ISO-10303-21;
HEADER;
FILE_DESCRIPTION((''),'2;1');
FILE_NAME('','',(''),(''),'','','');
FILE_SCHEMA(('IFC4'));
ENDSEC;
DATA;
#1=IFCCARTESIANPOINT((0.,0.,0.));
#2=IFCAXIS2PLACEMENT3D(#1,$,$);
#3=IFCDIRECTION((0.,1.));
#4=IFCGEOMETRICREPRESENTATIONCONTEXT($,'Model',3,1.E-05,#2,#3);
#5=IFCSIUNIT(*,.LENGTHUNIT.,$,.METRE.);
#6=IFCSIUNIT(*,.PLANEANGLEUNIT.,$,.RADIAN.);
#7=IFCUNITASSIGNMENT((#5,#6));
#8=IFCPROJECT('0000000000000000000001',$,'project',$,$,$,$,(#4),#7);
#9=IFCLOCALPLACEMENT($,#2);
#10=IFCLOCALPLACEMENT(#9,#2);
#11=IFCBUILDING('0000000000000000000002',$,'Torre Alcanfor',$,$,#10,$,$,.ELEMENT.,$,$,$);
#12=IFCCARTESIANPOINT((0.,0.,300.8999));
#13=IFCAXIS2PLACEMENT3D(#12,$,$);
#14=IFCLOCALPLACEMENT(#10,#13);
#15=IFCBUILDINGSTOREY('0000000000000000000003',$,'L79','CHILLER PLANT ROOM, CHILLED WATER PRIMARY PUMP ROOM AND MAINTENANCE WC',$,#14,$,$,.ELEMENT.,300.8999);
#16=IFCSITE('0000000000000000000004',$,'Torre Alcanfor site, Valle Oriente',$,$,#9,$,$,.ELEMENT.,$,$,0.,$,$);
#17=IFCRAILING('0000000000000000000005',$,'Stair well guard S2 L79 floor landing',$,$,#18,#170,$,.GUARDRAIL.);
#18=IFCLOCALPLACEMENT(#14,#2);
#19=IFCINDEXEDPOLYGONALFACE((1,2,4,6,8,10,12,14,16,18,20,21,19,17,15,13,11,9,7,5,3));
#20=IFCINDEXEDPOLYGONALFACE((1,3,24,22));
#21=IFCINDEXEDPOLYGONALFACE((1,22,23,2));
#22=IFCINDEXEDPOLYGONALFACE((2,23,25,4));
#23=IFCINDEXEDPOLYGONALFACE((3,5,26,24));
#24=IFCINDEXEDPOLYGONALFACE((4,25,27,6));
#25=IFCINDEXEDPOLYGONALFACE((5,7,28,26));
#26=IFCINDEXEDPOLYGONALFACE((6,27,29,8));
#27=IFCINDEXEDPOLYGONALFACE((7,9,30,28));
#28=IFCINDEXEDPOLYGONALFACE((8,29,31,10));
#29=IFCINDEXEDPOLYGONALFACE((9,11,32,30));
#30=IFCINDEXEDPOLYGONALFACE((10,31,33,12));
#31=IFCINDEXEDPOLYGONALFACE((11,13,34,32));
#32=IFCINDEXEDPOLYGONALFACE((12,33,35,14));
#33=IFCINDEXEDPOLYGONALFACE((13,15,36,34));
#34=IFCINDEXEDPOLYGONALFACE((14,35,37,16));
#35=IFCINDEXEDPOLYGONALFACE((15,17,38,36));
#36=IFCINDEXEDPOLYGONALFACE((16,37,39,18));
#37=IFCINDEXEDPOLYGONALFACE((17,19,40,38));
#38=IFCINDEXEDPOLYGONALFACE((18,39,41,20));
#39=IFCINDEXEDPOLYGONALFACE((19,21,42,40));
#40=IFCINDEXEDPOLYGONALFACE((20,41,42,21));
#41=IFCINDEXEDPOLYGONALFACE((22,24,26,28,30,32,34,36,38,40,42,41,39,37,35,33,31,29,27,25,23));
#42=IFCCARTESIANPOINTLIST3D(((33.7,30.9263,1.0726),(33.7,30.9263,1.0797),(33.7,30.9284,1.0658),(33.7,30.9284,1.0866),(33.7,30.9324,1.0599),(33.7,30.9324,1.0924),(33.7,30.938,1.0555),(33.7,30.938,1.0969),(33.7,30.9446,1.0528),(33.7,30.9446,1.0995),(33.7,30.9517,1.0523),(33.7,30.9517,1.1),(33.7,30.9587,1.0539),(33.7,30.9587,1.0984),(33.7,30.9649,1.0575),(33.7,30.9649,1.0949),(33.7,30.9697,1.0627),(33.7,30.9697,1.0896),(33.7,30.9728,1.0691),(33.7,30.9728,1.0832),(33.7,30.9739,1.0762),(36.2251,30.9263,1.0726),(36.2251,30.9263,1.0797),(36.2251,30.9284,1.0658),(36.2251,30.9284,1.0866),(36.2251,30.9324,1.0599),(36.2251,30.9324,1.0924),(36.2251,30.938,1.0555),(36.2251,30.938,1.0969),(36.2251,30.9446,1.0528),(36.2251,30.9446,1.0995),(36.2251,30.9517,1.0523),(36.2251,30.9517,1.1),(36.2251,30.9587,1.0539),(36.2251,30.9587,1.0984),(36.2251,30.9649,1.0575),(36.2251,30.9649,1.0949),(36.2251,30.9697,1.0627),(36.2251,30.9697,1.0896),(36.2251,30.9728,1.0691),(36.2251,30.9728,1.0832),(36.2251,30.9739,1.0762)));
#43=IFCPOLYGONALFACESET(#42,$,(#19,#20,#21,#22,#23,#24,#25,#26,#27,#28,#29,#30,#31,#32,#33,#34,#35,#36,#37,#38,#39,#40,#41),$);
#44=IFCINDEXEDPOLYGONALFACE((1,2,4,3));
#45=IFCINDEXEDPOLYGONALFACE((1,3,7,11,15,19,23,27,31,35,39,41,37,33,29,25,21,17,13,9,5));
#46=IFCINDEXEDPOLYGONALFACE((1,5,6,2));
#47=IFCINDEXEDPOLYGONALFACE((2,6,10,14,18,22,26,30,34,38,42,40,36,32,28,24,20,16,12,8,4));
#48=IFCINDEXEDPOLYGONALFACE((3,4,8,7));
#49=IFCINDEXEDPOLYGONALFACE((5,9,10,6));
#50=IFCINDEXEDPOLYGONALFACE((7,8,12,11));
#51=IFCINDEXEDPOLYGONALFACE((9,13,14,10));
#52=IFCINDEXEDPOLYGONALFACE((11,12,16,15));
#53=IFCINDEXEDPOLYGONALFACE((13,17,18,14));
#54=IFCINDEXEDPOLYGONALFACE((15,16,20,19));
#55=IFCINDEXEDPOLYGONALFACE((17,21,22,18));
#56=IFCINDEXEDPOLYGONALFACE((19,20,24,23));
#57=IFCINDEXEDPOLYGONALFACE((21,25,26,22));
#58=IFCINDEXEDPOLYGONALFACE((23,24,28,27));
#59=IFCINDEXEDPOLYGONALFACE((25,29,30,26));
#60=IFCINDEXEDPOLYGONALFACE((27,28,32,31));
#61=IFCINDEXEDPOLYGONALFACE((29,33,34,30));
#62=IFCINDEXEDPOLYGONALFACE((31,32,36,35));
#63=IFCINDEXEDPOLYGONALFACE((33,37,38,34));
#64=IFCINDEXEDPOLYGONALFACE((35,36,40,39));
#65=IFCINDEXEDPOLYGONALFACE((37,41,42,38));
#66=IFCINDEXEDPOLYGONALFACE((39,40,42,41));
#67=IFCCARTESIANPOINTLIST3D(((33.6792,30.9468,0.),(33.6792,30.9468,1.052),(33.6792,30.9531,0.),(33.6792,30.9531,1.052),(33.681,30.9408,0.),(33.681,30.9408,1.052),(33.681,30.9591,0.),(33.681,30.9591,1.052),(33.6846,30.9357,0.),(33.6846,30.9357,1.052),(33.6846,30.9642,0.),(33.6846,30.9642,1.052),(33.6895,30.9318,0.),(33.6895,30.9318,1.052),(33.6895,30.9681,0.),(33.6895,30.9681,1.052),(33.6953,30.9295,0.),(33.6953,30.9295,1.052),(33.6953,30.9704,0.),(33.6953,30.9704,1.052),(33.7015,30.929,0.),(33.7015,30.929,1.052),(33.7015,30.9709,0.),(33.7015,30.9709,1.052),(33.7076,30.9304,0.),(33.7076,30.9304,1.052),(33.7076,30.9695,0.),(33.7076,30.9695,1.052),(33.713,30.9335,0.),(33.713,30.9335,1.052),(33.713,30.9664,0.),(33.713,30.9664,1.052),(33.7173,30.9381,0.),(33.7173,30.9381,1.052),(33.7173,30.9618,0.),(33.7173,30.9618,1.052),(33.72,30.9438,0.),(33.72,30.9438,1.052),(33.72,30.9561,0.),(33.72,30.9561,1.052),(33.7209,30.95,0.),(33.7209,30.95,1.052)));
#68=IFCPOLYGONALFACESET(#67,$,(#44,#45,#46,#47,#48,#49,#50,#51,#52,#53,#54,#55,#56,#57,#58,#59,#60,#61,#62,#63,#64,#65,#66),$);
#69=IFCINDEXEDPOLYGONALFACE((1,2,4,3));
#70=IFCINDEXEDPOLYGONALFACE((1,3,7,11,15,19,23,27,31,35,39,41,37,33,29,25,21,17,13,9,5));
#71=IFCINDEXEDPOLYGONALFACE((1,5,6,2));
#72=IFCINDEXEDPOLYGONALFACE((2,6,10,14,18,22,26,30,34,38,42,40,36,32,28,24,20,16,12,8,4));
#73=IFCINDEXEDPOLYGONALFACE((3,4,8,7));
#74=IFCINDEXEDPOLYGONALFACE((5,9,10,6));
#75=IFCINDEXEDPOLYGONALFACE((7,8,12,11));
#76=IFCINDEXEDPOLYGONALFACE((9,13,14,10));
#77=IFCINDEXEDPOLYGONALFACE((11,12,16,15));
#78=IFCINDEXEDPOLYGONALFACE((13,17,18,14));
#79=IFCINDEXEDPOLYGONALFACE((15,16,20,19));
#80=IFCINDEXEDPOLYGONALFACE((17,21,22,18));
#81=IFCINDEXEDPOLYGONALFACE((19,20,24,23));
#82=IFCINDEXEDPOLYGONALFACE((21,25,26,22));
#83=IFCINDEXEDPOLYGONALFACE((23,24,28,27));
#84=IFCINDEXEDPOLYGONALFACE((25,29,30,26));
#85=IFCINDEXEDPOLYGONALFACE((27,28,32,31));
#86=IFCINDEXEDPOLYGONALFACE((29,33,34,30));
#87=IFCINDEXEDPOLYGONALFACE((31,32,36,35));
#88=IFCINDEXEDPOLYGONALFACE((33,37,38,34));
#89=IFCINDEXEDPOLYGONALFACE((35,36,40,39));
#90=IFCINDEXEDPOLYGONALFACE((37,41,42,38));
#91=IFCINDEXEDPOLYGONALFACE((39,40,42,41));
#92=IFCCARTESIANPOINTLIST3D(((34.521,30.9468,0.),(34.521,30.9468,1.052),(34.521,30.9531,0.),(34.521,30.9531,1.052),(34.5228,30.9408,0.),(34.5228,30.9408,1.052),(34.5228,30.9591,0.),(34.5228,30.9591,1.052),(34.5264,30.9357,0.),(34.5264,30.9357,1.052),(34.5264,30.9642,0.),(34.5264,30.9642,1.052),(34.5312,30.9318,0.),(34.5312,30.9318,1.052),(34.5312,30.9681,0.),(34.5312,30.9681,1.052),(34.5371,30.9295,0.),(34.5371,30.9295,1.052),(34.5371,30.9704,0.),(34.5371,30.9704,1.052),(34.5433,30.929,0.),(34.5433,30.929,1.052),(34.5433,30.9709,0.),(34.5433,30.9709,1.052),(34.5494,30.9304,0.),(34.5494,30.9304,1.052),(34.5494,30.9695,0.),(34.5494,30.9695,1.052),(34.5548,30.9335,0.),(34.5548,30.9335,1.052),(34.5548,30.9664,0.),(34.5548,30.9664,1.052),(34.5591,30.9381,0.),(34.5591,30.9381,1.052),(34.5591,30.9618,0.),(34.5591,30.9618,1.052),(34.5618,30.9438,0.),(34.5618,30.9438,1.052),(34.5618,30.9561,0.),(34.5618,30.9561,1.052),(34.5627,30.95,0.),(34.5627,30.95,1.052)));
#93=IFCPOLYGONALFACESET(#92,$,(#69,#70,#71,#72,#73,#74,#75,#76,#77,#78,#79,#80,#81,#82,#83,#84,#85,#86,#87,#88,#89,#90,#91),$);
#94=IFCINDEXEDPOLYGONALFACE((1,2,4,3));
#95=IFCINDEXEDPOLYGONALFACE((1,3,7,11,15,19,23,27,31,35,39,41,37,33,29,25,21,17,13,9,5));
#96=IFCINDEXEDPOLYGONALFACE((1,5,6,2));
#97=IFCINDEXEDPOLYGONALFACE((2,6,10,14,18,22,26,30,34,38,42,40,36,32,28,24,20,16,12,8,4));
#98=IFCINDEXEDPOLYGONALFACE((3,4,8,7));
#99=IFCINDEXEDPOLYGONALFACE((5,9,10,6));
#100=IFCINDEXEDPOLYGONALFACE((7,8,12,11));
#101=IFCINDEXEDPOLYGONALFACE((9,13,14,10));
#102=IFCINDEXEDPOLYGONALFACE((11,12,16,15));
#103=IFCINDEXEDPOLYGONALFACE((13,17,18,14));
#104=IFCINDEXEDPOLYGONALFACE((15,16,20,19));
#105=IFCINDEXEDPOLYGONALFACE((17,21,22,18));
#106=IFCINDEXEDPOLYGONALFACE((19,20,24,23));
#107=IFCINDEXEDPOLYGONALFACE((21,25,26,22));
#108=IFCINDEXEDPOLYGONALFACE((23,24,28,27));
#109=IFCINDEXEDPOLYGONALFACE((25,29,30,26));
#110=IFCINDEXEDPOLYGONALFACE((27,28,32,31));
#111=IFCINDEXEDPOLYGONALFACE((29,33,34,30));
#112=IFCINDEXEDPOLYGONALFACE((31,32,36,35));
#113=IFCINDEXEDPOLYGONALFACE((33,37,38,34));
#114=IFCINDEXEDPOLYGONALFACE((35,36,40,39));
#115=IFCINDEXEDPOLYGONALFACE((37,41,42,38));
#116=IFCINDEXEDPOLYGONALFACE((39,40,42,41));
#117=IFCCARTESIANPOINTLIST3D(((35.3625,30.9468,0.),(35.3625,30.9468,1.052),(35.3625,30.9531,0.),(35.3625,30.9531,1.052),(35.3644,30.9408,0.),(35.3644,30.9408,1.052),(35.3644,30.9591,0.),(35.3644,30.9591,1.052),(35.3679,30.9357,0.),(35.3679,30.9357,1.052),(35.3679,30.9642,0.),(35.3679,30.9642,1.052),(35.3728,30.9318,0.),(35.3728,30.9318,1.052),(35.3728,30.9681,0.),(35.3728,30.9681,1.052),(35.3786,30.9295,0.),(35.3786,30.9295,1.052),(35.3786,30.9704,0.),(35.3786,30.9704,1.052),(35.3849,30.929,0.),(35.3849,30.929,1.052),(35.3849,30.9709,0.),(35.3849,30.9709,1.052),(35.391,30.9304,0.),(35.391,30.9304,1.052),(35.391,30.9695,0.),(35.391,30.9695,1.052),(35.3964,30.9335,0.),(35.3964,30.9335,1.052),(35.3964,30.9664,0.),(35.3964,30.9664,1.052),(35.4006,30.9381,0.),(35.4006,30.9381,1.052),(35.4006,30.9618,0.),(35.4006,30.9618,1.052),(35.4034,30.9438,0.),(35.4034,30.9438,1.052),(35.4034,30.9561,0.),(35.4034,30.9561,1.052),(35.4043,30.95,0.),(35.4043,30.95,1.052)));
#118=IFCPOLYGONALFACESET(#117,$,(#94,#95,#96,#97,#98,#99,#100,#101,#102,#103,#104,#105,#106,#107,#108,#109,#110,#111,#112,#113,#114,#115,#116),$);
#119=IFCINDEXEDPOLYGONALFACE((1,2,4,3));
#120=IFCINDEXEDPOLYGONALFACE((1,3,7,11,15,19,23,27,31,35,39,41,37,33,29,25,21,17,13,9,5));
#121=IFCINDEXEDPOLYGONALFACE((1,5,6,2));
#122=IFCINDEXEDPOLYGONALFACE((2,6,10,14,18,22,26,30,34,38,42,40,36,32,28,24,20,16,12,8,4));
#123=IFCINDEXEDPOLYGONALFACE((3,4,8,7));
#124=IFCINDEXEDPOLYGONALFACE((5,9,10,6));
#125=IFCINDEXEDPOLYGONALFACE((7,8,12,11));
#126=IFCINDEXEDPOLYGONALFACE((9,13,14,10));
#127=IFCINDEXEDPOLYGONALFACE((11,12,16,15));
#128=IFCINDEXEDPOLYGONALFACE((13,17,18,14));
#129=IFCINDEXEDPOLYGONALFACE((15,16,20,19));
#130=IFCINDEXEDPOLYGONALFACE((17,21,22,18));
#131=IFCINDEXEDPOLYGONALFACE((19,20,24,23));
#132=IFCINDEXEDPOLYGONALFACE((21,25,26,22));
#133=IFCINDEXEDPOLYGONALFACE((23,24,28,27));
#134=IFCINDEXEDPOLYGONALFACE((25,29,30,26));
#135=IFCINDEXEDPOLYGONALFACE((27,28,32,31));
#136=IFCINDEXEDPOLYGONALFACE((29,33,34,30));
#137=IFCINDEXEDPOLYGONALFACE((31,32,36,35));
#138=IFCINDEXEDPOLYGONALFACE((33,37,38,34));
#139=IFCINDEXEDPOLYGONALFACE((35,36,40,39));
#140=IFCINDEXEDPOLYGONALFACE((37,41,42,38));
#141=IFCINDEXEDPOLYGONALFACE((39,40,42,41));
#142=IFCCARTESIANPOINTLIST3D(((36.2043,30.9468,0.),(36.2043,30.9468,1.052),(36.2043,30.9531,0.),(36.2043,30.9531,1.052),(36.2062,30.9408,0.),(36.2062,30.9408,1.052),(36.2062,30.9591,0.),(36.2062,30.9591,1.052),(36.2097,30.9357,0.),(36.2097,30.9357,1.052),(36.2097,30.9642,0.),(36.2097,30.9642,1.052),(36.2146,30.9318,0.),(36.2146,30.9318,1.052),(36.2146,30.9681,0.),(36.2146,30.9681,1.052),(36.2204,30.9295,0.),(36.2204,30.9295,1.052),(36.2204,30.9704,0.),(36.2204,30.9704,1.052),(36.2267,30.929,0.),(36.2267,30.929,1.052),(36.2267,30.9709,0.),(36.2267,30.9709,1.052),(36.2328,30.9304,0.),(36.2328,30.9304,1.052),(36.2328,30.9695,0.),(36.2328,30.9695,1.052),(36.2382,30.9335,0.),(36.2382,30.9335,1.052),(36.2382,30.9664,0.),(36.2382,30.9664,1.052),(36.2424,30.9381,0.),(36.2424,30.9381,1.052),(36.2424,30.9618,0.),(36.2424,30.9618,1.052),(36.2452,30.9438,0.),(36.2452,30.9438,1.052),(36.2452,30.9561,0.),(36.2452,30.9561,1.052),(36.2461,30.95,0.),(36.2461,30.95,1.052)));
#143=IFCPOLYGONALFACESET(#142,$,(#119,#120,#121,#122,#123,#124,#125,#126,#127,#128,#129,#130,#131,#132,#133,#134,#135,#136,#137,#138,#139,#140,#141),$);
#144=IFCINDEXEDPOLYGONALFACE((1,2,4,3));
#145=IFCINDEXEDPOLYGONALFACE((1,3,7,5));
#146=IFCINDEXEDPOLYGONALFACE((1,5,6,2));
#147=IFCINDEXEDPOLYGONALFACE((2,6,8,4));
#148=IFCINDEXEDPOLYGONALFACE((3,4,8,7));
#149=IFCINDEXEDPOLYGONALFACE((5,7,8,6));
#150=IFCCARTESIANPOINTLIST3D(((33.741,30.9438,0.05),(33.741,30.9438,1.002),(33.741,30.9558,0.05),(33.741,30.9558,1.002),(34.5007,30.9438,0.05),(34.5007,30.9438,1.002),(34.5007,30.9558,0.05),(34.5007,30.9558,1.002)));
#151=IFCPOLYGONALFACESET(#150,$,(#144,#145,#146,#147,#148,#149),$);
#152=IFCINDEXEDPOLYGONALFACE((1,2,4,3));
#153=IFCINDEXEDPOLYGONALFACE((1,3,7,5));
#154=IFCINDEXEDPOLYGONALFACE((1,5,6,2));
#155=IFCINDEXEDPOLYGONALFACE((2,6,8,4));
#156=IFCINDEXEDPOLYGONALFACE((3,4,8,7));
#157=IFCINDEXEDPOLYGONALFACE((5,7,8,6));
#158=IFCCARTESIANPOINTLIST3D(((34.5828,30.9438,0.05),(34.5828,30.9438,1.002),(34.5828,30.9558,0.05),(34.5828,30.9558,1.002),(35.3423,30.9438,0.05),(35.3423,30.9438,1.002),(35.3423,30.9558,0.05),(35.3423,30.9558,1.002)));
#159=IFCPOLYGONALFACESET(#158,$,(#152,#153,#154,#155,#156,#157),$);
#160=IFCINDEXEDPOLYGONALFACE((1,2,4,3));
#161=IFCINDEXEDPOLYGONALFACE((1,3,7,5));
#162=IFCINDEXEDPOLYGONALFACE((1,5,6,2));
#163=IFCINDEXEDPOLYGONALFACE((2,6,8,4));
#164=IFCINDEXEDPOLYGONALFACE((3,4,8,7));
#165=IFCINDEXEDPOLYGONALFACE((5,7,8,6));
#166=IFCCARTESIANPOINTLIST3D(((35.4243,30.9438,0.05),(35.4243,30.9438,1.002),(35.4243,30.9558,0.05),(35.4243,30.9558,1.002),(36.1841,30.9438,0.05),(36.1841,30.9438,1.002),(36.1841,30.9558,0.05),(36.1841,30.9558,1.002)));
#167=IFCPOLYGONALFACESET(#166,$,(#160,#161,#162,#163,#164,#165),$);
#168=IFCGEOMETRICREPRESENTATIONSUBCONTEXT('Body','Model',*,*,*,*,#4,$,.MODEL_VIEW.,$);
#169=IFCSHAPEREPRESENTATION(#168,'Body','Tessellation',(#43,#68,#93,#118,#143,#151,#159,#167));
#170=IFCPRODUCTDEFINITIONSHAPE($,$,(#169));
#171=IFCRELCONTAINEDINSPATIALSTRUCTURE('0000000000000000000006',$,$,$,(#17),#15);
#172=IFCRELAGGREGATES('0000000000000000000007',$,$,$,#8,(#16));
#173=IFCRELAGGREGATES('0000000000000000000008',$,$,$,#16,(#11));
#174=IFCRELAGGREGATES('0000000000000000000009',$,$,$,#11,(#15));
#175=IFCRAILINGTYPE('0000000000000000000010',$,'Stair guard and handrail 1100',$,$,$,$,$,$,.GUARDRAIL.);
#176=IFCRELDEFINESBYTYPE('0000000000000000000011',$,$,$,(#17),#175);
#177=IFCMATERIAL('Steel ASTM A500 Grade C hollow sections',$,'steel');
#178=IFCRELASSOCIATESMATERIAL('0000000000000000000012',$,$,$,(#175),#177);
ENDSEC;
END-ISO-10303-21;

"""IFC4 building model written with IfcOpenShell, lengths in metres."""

from ifc_helpers import new_model, si_unit, direction, frame, origin, origin_2d, place, context, subcontext, project, spatial, polyline, circle, outline, extrude, material, type_object, element, save


model = new_model("IFC4")

# Units and contexts
model_context = context("Model", 3, precision=1e-05, world=origin(), true_north=direction((0.0, 1.0)))
body_context = subcontext(model_context, "Body", "Model", "MODEL_VIEW")
ifc_project = project(units=[si_unit("LENGTHUNIT", "METRE"), si_unit("PLANEANGLEUNIT", "RADIAN")], contexts=[model_context])

# Site, building, storey
site_placement = place(None, origin())
site = spatial("IfcSite", under=ifc_project, at=site_placement, Name="Torre Alcanfor site, Valle Oriente", CompositionType="ELEMENT", RefElevation=0.0)
building_placement = place(site_placement, origin())
building = spatial("IfcBuilding", under=site, at=building_placement, Name="Torre Alcanfor", CompositionType="ELEMENT")
storey_placement = place(building_placement, frame((0.0, 0.0, 300.8999)))
storey = spatial("IfcBuildingStorey", under=building, at=storey_placement, Name="L79", Description="CHILLER PLANT ROOM, CHILLED WATER PRIMARY PUMP ROOM AND MAINTENANCE WC", CompositionType="ELEMENT", Elevation=300.8999)

# Railing
ifc_material_1 = material(Name="Steel ASTM A500 Grade C hollow sections", Category="steel")
railing_type_1 = type_object("IfcRailingType", Name="Stair guard and handrail 1100", PredefinedType="GUARDRAIL", material=ifc_material_1)
for number, where, name in (
    (1, (33.7, 30.95, 0.0), "Stair well guard S2 L79 floor landing"),
):
    element("IfcRailing", number, at=place(storey_placement, frame(where)), inside=storey, type_object=railing_type_1, Name=name, PredefinedType="GUARDRAIL", context=body_context, shape_type="SweptSolid", body=[
        extrude(circle(Radius=0.0239, at=origin_2d()), frame((0.0, 0.0, 1.0762), z_axis=(1.0, 0.0, 0.0), x_axis=(0.0, 1.0, 0.0)), (0.0, 0.0, 1.0), 2.5251),
        extrude(circle(Radius=0.021, at=origin_2d()), origin(), (0.0, 0.0, 1.0), 1.052),
        extrude(circle(Radius=0.021, at=origin_2d()), frame((0.8418, 0.0, 0.0)), (0.0, 0.0, 1.0), 1.052),
        extrude(circle(Radius=0.021, at=origin_2d()), frame((1.6833, 0.0, 0.0)), (0.0, 0.0, 1.0), 1.052),
        extrude(circle(Radius=0.021, at=origin_2d()), frame((2.5251, 0.0, 0.0)), (0.0, 0.0, 1.0), 1.052),
        extrude(outline(polyline([(0.041, 0.05), (0.8008, 0.05), (0.8008, 1.002), (0.041, 1.002), (0.041, 0.05)])), frame((0.0, 0.0059, 0.0), z_axis=(0.0, -1.0, 0.0), x_axis=(1.0, 0.0, 0.0)), (0.0, 0.0, 1.0), 0.012),
        extrude(outline(polyline([(0.8828, 0.05), (1.6423, 0.05), (1.6423, 1.002), (0.8828, 1.002), (0.8828, 0.05)])), frame((0.0, 0.0059, 0.0), z_axis=(0.0, -1.0, 0.0), x_axis=(1.0, 0.0, 0.0)), (0.0, 0.0, 1.0), 0.012),
        extrude(outline(polyline([(1.7244, 0.05), (2.4841, 0.05), (2.4841, 1.002), (1.7244, 1.002), (1.7244, 0.05)])), frame((0.0, 0.0059, 0.0), z_axis=(0.0, -1.0, 0.0), x_axis=(1.0, 0.0, 0.0)), (0.0, 0.0, 1.0), 0.012),
    ])

save(model, "model.ifc")
